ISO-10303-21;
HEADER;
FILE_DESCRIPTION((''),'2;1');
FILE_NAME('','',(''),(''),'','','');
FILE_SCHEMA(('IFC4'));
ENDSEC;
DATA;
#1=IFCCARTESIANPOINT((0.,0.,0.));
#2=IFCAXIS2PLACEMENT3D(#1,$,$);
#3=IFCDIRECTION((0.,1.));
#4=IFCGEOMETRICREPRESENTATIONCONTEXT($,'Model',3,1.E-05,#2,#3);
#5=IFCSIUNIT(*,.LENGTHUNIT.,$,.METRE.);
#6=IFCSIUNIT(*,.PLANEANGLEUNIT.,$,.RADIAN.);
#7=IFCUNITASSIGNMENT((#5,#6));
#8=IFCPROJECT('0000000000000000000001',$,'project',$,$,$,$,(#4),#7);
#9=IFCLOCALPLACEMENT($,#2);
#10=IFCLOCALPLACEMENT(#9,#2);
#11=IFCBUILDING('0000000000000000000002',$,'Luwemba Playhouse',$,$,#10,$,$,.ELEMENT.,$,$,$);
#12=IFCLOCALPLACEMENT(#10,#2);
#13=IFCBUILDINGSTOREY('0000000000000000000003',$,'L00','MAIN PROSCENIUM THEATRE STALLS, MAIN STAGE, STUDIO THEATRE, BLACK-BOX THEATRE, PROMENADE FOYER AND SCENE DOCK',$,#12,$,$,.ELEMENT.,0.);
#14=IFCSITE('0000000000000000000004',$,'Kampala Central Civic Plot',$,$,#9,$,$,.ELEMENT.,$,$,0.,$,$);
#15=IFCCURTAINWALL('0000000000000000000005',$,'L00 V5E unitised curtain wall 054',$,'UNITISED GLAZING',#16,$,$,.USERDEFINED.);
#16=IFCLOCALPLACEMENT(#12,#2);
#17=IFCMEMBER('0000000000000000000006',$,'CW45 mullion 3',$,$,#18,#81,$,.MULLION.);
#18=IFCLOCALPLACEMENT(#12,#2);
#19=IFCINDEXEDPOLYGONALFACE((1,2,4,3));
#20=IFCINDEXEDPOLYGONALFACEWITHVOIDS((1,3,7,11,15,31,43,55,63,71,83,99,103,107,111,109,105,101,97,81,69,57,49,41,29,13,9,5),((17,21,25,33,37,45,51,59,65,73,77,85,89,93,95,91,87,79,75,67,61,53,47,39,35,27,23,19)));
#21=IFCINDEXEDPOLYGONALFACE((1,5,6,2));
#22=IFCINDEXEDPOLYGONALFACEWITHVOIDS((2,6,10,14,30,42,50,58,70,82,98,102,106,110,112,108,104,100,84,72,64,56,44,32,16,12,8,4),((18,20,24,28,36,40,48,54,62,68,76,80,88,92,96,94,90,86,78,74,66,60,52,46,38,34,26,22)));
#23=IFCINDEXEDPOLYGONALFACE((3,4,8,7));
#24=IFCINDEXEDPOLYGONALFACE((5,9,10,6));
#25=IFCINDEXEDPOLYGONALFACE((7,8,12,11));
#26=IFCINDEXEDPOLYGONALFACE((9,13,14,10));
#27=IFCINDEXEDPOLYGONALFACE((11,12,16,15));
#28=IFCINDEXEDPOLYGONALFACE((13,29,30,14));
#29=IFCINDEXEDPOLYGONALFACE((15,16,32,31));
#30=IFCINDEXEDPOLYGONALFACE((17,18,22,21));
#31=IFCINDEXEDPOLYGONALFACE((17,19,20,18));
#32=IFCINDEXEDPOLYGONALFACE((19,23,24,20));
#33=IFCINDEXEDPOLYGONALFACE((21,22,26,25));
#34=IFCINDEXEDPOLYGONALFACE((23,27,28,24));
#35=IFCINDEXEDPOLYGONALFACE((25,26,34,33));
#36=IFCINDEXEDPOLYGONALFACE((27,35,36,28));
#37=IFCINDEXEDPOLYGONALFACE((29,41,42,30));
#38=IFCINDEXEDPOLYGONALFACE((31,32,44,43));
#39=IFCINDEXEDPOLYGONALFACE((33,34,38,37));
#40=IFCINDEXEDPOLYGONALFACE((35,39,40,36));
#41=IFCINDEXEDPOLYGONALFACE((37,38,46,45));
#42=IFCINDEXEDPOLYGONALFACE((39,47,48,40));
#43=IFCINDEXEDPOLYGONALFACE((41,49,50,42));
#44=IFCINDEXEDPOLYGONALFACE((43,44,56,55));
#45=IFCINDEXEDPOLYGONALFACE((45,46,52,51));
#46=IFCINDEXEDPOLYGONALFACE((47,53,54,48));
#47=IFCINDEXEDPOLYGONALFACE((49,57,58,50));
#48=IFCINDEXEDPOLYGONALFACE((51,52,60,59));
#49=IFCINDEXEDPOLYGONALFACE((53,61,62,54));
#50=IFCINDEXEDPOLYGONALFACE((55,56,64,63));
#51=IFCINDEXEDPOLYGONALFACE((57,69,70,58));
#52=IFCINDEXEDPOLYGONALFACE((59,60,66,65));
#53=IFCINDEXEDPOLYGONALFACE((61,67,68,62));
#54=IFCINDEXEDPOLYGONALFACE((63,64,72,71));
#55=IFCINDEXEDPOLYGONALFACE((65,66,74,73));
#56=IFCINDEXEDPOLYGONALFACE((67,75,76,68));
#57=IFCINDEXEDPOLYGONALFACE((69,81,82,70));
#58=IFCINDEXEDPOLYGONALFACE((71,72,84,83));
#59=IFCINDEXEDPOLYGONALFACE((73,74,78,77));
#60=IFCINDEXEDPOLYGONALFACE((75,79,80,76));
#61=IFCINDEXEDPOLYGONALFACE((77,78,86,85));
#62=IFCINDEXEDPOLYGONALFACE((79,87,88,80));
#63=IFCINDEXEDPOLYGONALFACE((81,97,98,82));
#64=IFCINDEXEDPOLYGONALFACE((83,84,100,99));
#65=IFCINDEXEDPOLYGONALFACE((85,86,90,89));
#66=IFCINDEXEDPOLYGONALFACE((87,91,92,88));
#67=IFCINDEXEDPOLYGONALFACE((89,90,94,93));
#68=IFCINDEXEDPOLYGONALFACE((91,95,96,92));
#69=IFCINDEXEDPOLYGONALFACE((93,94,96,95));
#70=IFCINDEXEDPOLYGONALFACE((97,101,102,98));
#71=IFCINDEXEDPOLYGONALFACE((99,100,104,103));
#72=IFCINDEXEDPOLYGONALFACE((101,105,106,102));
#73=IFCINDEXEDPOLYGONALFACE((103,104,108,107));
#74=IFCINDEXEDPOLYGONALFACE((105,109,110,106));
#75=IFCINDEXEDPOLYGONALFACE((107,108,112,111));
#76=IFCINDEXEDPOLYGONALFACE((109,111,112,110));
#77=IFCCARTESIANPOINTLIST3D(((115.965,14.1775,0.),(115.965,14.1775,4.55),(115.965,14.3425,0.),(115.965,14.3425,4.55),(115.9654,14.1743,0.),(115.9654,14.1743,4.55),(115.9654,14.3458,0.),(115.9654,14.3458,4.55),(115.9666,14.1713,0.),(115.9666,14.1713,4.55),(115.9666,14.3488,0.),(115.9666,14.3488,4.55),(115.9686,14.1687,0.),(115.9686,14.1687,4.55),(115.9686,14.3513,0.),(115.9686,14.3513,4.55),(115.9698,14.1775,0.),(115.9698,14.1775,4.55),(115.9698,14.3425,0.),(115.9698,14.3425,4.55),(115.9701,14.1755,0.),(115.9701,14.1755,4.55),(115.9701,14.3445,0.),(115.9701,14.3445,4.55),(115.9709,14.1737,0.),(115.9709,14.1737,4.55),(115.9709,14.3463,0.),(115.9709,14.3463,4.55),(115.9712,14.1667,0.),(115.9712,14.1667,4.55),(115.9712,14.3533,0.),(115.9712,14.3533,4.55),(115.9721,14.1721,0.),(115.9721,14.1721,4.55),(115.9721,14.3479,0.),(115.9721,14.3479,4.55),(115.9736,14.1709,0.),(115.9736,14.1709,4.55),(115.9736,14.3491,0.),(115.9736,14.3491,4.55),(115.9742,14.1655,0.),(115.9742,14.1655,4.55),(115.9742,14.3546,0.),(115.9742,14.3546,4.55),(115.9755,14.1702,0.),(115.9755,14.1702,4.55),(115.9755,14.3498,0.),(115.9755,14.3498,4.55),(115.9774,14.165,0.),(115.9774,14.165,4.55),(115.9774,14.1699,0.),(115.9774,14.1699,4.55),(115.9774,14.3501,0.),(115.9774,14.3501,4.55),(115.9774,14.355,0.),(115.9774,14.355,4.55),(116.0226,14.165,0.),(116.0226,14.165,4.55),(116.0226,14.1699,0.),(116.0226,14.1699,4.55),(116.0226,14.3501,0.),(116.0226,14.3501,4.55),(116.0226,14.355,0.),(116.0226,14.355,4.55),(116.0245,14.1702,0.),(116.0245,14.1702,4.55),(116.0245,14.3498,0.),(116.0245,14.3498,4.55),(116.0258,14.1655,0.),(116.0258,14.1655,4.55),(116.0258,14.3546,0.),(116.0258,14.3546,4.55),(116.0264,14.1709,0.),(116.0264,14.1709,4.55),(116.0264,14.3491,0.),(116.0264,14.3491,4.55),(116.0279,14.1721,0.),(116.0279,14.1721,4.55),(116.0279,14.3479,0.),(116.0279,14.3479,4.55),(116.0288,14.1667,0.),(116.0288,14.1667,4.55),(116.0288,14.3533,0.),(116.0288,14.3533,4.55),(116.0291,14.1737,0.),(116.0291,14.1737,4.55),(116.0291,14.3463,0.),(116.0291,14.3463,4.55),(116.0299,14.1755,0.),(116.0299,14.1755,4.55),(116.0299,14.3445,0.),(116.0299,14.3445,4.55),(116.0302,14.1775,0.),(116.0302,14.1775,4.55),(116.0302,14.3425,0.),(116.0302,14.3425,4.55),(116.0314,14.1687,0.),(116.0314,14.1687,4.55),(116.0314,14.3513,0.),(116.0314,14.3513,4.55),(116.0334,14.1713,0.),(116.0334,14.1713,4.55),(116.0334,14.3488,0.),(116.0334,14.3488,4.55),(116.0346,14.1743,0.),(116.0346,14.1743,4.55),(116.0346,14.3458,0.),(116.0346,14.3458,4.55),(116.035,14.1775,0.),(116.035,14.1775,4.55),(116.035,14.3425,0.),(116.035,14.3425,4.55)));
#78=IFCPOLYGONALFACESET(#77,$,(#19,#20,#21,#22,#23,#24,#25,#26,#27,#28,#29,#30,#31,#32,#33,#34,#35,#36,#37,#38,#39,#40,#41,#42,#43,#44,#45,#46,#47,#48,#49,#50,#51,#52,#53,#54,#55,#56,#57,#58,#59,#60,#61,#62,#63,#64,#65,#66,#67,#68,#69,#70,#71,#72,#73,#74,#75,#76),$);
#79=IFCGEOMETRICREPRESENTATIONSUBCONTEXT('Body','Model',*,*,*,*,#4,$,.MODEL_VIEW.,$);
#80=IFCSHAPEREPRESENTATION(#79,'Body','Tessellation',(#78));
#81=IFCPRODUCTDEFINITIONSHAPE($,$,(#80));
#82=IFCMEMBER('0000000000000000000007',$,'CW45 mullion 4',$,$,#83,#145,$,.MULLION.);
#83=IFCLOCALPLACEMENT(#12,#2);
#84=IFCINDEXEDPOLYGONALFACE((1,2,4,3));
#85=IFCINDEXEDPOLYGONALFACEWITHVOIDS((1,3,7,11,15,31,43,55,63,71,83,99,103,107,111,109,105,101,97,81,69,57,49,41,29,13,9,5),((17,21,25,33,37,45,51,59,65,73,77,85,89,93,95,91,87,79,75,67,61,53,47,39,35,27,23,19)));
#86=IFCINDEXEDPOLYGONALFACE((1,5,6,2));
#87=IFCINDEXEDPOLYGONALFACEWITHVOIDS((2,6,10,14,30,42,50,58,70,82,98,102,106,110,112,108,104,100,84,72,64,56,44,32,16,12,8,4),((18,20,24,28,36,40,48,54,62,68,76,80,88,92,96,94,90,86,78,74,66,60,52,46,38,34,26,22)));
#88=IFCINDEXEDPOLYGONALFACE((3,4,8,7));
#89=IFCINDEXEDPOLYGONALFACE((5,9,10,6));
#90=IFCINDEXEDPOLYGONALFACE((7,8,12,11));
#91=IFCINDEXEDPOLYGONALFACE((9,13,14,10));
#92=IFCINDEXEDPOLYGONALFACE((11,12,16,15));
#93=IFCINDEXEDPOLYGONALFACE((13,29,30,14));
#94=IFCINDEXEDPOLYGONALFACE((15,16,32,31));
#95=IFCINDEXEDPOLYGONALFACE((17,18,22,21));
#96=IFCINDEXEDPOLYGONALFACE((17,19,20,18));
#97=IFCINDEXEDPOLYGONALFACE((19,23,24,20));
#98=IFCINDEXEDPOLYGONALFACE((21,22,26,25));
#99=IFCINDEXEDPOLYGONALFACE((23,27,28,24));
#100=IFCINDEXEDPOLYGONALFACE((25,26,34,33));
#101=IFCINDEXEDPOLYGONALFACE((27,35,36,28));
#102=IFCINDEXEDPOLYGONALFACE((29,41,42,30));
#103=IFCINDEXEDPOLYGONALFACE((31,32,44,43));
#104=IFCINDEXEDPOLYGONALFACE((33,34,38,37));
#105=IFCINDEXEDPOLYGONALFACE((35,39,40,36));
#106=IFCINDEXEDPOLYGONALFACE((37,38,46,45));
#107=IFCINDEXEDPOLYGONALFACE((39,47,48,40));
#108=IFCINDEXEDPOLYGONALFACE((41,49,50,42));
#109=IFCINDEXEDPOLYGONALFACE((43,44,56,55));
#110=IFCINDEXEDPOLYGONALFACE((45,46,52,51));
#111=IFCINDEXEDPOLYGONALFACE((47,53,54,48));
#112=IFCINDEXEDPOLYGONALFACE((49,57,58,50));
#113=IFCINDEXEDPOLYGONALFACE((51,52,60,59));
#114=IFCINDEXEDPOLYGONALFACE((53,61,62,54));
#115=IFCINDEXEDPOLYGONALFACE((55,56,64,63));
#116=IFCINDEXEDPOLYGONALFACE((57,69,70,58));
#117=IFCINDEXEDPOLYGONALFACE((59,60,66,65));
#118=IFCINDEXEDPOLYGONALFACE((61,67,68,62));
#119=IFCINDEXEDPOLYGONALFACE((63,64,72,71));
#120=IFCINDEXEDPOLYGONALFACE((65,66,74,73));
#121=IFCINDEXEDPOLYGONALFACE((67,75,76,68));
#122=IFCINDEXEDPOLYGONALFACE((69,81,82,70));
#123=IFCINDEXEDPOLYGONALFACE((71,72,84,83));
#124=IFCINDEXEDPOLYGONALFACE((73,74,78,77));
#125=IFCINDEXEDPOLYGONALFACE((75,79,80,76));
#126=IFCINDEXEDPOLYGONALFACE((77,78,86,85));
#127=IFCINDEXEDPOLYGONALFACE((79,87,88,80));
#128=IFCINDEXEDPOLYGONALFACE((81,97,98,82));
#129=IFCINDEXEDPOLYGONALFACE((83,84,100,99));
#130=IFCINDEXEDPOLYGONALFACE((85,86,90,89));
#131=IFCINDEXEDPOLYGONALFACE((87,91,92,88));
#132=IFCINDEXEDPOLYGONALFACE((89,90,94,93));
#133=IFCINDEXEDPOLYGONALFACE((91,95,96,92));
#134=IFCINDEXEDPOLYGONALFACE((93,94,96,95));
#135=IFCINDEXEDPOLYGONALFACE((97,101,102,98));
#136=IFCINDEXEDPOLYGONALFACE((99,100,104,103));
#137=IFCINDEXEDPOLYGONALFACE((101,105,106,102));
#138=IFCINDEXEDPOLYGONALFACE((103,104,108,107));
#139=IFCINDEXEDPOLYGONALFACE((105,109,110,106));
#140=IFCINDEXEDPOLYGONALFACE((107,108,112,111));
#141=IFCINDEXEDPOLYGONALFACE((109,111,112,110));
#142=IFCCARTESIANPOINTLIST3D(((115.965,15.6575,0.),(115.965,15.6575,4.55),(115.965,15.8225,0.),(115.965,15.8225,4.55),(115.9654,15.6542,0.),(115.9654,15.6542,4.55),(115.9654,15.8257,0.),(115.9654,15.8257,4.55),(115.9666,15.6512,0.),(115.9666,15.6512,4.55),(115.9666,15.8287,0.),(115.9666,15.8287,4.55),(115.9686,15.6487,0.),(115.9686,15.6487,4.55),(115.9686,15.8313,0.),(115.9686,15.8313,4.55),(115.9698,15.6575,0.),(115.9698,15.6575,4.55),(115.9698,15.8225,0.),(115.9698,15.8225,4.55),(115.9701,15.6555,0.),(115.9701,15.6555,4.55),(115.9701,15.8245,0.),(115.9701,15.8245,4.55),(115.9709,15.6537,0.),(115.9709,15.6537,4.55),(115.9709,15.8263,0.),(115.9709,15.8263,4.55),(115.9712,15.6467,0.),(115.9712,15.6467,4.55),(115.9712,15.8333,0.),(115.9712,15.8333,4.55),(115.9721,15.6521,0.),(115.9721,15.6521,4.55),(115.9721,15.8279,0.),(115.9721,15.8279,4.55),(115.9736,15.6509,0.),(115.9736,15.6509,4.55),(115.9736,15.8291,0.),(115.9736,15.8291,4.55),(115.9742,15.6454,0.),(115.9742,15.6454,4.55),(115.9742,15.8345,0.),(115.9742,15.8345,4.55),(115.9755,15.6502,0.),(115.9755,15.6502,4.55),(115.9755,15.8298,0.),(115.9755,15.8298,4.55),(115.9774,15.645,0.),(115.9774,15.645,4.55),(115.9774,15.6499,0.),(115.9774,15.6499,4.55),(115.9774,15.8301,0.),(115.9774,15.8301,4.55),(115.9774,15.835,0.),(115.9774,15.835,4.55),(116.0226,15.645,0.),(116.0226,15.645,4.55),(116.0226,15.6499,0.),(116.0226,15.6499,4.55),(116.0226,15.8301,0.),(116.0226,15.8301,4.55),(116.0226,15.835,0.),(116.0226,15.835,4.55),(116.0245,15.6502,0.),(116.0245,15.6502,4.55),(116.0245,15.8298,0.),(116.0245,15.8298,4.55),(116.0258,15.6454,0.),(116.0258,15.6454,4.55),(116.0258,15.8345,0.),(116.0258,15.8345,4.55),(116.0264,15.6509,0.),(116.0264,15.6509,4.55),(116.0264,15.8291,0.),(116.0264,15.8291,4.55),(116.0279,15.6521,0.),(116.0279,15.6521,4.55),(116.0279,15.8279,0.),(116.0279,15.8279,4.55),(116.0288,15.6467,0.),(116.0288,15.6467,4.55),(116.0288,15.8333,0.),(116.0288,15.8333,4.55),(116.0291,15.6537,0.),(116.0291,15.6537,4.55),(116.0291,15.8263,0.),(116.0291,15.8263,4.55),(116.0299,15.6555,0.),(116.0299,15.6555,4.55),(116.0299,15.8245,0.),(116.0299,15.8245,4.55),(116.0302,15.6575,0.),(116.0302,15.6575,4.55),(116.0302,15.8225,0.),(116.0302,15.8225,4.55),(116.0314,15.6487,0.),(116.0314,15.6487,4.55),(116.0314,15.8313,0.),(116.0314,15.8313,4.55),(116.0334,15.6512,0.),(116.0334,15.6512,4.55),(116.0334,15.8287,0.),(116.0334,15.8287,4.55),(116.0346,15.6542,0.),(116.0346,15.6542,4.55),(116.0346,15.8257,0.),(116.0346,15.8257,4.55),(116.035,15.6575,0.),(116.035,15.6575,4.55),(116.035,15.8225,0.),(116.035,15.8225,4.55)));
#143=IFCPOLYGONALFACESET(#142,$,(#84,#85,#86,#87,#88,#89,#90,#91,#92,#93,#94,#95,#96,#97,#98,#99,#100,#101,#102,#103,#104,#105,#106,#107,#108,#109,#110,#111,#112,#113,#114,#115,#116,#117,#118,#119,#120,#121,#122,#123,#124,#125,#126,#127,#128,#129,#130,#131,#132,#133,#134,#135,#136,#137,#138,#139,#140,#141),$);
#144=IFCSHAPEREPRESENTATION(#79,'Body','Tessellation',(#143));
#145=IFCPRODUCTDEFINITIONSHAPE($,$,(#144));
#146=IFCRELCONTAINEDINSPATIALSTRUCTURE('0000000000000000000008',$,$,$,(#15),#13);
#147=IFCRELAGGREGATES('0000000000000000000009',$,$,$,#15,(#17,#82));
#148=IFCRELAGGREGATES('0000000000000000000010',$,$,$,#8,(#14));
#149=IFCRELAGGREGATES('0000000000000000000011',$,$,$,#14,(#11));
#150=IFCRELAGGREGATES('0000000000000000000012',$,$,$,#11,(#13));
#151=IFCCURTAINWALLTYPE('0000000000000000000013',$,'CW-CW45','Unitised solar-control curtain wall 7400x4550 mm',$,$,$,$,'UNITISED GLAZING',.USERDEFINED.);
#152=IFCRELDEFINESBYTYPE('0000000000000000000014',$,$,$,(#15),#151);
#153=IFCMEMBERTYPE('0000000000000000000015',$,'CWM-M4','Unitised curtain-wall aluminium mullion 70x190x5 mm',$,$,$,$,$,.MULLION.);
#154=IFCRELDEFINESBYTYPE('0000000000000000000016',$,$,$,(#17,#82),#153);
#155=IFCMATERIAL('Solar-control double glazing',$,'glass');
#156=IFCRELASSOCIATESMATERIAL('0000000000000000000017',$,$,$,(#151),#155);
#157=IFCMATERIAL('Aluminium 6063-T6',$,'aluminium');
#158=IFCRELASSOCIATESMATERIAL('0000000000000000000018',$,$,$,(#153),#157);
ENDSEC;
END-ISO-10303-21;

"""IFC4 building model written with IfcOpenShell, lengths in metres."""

from ifc_helpers import new_model, si_unit, direction, frame, origin, origin_2d, place, context, subcontext, project, spatial, hollow_rectangle, extrude, material, material_profile, profile_set, type_object, element, aggregate, save


model = new_model("IFC4")

# Units and contexts
model_context = context("Model", 3, precision=1e-05, world=origin(), true_north=direction((0.0, 1.0)))
body_context = subcontext(model_context, "Body", "Model", "MODEL_VIEW")
ifc_project = project(units=[si_unit("LENGTHUNIT", "METRE"), si_unit("PLANEANGLEUNIT", "RADIAN")], contexts=[model_context])

# Site, building, storey
site_placement = place(None, origin())
site = spatial("IfcSite", under=ifc_project, at=site_placement, Name="Kampala Central Civic Plot", CompositionType="ELEMENT", RefElevation=0.0)
building_placement = place(site_placement, origin())
building = spatial("IfcBuilding", under=site, at=building_placement, Name="Luwemba Playhouse", CompositionType="ELEMENT")
storey_placement = place(building_placement, origin())
storey = spatial("IfcBuildingStorey", under=building, at=storey_placement, Name="L00", Description="MAIN PROSCENIUM THEATRE STALLS, MAIN STAGE, STUDIO THEATRE, BLACK-BOX THEATRE, PROMENADE FOYER AND SCENE DOCK", CompositionType="ELEMENT", Elevation=0.0)

# Curtain wall, members
ifc_material_1 = material(Name="Solar-control double glazing", Category="glass")
ifc_material_2 = material(Name="Aluminium 6063-T6", Category="aluminium")
curtain_wall_type_1 = type_object("IfcCurtainWallType", Name="CW-CW45", Description="Unitised solar-control curtain wall 7400x4550 mm", ElementType="UNITISED GLAZING", PredefinedType="USERDEFINED", material=ifc_material_1)
curtain_wall_1_placement = place(storey_placement, origin())
curtain_wall_1 = element("IfcCurtainWall", 1, at=curtain_wall_1_placement, inside=storey, type_object=curtain_wall_type_1, Name="L00 V5E unitised curtain wall 054", ObjectType="UNITISED GLAZING", PredefinedType="USERDEFINED")
ifc_material_profile_1 = material_profile(ifc_material_2, hollow_rectangle(XDim=0.0701, YDim=0.1899, WallThickness=0.0049, InnerFilletRadius=0.0076, OuterFilletRadius=0.0125, at=origin_2d()))
ifc_profile_set_1 = profile_set([ifc_material_profile_1], Name="Aluminium 6063-T6")
member_type_1 = type_object("IfcMemberType", Name="CWM-M4", Description="Unitised curtain-wall aluminium mullion 70x190x5 mm", PredefinedType="MULLION", material=ifc_profile_set_1)
member_1_placement = place(storey_placement, frame((116.0, 14.26, 0.0), z_axis=(0.0, 0.0, 1.0), x_axis=(-1.0, 0.0, 0.0)))
member_1 = element("IfcMember", 2, at=member_1_placement, type_object=member_type_1, Name="CW45 mullion 3", PredefinedType="MULLION", context=body_context, shape_type="SweptSolid", body=[
    extrude(hollow_rectangle(XDim=0.0701, YDim=0.1899, WallThickness=0.0049, InnerFilletRadius=0.0076, OuterFilletRadius=0.0125, at=origin_2d()), origin(), (0.0, 0.0, 1.0), 4.55),
])
member_2_placement = place(storey_placement, frame((116.0, 15.74, 0.0), z_axis=(0.0, 0.0, 1.0), x_axis=(-1.0, 0.0, 0.0)))
member_2 = element("IfcMember", 3, at=member_2_placement, type_object=member_type_1, Name="CW45 mullion 4", PredefinedType="MULLION", context=body_context, shape_type="SweptSolid", body=[
    extrude(hollow_rectangle(XDim=0.0701, YDim=0.1899, WallThickness=0.0049, InnerFilletRadius=0.0076, OuterFilletRadius=0.0125, at=origin_2d()), origin(), (0.0, 0.0, 1.0), 4.55),
])
aggregate(curtain_wall_1, [member_1, member_2])

save(model, "model.ifc")
